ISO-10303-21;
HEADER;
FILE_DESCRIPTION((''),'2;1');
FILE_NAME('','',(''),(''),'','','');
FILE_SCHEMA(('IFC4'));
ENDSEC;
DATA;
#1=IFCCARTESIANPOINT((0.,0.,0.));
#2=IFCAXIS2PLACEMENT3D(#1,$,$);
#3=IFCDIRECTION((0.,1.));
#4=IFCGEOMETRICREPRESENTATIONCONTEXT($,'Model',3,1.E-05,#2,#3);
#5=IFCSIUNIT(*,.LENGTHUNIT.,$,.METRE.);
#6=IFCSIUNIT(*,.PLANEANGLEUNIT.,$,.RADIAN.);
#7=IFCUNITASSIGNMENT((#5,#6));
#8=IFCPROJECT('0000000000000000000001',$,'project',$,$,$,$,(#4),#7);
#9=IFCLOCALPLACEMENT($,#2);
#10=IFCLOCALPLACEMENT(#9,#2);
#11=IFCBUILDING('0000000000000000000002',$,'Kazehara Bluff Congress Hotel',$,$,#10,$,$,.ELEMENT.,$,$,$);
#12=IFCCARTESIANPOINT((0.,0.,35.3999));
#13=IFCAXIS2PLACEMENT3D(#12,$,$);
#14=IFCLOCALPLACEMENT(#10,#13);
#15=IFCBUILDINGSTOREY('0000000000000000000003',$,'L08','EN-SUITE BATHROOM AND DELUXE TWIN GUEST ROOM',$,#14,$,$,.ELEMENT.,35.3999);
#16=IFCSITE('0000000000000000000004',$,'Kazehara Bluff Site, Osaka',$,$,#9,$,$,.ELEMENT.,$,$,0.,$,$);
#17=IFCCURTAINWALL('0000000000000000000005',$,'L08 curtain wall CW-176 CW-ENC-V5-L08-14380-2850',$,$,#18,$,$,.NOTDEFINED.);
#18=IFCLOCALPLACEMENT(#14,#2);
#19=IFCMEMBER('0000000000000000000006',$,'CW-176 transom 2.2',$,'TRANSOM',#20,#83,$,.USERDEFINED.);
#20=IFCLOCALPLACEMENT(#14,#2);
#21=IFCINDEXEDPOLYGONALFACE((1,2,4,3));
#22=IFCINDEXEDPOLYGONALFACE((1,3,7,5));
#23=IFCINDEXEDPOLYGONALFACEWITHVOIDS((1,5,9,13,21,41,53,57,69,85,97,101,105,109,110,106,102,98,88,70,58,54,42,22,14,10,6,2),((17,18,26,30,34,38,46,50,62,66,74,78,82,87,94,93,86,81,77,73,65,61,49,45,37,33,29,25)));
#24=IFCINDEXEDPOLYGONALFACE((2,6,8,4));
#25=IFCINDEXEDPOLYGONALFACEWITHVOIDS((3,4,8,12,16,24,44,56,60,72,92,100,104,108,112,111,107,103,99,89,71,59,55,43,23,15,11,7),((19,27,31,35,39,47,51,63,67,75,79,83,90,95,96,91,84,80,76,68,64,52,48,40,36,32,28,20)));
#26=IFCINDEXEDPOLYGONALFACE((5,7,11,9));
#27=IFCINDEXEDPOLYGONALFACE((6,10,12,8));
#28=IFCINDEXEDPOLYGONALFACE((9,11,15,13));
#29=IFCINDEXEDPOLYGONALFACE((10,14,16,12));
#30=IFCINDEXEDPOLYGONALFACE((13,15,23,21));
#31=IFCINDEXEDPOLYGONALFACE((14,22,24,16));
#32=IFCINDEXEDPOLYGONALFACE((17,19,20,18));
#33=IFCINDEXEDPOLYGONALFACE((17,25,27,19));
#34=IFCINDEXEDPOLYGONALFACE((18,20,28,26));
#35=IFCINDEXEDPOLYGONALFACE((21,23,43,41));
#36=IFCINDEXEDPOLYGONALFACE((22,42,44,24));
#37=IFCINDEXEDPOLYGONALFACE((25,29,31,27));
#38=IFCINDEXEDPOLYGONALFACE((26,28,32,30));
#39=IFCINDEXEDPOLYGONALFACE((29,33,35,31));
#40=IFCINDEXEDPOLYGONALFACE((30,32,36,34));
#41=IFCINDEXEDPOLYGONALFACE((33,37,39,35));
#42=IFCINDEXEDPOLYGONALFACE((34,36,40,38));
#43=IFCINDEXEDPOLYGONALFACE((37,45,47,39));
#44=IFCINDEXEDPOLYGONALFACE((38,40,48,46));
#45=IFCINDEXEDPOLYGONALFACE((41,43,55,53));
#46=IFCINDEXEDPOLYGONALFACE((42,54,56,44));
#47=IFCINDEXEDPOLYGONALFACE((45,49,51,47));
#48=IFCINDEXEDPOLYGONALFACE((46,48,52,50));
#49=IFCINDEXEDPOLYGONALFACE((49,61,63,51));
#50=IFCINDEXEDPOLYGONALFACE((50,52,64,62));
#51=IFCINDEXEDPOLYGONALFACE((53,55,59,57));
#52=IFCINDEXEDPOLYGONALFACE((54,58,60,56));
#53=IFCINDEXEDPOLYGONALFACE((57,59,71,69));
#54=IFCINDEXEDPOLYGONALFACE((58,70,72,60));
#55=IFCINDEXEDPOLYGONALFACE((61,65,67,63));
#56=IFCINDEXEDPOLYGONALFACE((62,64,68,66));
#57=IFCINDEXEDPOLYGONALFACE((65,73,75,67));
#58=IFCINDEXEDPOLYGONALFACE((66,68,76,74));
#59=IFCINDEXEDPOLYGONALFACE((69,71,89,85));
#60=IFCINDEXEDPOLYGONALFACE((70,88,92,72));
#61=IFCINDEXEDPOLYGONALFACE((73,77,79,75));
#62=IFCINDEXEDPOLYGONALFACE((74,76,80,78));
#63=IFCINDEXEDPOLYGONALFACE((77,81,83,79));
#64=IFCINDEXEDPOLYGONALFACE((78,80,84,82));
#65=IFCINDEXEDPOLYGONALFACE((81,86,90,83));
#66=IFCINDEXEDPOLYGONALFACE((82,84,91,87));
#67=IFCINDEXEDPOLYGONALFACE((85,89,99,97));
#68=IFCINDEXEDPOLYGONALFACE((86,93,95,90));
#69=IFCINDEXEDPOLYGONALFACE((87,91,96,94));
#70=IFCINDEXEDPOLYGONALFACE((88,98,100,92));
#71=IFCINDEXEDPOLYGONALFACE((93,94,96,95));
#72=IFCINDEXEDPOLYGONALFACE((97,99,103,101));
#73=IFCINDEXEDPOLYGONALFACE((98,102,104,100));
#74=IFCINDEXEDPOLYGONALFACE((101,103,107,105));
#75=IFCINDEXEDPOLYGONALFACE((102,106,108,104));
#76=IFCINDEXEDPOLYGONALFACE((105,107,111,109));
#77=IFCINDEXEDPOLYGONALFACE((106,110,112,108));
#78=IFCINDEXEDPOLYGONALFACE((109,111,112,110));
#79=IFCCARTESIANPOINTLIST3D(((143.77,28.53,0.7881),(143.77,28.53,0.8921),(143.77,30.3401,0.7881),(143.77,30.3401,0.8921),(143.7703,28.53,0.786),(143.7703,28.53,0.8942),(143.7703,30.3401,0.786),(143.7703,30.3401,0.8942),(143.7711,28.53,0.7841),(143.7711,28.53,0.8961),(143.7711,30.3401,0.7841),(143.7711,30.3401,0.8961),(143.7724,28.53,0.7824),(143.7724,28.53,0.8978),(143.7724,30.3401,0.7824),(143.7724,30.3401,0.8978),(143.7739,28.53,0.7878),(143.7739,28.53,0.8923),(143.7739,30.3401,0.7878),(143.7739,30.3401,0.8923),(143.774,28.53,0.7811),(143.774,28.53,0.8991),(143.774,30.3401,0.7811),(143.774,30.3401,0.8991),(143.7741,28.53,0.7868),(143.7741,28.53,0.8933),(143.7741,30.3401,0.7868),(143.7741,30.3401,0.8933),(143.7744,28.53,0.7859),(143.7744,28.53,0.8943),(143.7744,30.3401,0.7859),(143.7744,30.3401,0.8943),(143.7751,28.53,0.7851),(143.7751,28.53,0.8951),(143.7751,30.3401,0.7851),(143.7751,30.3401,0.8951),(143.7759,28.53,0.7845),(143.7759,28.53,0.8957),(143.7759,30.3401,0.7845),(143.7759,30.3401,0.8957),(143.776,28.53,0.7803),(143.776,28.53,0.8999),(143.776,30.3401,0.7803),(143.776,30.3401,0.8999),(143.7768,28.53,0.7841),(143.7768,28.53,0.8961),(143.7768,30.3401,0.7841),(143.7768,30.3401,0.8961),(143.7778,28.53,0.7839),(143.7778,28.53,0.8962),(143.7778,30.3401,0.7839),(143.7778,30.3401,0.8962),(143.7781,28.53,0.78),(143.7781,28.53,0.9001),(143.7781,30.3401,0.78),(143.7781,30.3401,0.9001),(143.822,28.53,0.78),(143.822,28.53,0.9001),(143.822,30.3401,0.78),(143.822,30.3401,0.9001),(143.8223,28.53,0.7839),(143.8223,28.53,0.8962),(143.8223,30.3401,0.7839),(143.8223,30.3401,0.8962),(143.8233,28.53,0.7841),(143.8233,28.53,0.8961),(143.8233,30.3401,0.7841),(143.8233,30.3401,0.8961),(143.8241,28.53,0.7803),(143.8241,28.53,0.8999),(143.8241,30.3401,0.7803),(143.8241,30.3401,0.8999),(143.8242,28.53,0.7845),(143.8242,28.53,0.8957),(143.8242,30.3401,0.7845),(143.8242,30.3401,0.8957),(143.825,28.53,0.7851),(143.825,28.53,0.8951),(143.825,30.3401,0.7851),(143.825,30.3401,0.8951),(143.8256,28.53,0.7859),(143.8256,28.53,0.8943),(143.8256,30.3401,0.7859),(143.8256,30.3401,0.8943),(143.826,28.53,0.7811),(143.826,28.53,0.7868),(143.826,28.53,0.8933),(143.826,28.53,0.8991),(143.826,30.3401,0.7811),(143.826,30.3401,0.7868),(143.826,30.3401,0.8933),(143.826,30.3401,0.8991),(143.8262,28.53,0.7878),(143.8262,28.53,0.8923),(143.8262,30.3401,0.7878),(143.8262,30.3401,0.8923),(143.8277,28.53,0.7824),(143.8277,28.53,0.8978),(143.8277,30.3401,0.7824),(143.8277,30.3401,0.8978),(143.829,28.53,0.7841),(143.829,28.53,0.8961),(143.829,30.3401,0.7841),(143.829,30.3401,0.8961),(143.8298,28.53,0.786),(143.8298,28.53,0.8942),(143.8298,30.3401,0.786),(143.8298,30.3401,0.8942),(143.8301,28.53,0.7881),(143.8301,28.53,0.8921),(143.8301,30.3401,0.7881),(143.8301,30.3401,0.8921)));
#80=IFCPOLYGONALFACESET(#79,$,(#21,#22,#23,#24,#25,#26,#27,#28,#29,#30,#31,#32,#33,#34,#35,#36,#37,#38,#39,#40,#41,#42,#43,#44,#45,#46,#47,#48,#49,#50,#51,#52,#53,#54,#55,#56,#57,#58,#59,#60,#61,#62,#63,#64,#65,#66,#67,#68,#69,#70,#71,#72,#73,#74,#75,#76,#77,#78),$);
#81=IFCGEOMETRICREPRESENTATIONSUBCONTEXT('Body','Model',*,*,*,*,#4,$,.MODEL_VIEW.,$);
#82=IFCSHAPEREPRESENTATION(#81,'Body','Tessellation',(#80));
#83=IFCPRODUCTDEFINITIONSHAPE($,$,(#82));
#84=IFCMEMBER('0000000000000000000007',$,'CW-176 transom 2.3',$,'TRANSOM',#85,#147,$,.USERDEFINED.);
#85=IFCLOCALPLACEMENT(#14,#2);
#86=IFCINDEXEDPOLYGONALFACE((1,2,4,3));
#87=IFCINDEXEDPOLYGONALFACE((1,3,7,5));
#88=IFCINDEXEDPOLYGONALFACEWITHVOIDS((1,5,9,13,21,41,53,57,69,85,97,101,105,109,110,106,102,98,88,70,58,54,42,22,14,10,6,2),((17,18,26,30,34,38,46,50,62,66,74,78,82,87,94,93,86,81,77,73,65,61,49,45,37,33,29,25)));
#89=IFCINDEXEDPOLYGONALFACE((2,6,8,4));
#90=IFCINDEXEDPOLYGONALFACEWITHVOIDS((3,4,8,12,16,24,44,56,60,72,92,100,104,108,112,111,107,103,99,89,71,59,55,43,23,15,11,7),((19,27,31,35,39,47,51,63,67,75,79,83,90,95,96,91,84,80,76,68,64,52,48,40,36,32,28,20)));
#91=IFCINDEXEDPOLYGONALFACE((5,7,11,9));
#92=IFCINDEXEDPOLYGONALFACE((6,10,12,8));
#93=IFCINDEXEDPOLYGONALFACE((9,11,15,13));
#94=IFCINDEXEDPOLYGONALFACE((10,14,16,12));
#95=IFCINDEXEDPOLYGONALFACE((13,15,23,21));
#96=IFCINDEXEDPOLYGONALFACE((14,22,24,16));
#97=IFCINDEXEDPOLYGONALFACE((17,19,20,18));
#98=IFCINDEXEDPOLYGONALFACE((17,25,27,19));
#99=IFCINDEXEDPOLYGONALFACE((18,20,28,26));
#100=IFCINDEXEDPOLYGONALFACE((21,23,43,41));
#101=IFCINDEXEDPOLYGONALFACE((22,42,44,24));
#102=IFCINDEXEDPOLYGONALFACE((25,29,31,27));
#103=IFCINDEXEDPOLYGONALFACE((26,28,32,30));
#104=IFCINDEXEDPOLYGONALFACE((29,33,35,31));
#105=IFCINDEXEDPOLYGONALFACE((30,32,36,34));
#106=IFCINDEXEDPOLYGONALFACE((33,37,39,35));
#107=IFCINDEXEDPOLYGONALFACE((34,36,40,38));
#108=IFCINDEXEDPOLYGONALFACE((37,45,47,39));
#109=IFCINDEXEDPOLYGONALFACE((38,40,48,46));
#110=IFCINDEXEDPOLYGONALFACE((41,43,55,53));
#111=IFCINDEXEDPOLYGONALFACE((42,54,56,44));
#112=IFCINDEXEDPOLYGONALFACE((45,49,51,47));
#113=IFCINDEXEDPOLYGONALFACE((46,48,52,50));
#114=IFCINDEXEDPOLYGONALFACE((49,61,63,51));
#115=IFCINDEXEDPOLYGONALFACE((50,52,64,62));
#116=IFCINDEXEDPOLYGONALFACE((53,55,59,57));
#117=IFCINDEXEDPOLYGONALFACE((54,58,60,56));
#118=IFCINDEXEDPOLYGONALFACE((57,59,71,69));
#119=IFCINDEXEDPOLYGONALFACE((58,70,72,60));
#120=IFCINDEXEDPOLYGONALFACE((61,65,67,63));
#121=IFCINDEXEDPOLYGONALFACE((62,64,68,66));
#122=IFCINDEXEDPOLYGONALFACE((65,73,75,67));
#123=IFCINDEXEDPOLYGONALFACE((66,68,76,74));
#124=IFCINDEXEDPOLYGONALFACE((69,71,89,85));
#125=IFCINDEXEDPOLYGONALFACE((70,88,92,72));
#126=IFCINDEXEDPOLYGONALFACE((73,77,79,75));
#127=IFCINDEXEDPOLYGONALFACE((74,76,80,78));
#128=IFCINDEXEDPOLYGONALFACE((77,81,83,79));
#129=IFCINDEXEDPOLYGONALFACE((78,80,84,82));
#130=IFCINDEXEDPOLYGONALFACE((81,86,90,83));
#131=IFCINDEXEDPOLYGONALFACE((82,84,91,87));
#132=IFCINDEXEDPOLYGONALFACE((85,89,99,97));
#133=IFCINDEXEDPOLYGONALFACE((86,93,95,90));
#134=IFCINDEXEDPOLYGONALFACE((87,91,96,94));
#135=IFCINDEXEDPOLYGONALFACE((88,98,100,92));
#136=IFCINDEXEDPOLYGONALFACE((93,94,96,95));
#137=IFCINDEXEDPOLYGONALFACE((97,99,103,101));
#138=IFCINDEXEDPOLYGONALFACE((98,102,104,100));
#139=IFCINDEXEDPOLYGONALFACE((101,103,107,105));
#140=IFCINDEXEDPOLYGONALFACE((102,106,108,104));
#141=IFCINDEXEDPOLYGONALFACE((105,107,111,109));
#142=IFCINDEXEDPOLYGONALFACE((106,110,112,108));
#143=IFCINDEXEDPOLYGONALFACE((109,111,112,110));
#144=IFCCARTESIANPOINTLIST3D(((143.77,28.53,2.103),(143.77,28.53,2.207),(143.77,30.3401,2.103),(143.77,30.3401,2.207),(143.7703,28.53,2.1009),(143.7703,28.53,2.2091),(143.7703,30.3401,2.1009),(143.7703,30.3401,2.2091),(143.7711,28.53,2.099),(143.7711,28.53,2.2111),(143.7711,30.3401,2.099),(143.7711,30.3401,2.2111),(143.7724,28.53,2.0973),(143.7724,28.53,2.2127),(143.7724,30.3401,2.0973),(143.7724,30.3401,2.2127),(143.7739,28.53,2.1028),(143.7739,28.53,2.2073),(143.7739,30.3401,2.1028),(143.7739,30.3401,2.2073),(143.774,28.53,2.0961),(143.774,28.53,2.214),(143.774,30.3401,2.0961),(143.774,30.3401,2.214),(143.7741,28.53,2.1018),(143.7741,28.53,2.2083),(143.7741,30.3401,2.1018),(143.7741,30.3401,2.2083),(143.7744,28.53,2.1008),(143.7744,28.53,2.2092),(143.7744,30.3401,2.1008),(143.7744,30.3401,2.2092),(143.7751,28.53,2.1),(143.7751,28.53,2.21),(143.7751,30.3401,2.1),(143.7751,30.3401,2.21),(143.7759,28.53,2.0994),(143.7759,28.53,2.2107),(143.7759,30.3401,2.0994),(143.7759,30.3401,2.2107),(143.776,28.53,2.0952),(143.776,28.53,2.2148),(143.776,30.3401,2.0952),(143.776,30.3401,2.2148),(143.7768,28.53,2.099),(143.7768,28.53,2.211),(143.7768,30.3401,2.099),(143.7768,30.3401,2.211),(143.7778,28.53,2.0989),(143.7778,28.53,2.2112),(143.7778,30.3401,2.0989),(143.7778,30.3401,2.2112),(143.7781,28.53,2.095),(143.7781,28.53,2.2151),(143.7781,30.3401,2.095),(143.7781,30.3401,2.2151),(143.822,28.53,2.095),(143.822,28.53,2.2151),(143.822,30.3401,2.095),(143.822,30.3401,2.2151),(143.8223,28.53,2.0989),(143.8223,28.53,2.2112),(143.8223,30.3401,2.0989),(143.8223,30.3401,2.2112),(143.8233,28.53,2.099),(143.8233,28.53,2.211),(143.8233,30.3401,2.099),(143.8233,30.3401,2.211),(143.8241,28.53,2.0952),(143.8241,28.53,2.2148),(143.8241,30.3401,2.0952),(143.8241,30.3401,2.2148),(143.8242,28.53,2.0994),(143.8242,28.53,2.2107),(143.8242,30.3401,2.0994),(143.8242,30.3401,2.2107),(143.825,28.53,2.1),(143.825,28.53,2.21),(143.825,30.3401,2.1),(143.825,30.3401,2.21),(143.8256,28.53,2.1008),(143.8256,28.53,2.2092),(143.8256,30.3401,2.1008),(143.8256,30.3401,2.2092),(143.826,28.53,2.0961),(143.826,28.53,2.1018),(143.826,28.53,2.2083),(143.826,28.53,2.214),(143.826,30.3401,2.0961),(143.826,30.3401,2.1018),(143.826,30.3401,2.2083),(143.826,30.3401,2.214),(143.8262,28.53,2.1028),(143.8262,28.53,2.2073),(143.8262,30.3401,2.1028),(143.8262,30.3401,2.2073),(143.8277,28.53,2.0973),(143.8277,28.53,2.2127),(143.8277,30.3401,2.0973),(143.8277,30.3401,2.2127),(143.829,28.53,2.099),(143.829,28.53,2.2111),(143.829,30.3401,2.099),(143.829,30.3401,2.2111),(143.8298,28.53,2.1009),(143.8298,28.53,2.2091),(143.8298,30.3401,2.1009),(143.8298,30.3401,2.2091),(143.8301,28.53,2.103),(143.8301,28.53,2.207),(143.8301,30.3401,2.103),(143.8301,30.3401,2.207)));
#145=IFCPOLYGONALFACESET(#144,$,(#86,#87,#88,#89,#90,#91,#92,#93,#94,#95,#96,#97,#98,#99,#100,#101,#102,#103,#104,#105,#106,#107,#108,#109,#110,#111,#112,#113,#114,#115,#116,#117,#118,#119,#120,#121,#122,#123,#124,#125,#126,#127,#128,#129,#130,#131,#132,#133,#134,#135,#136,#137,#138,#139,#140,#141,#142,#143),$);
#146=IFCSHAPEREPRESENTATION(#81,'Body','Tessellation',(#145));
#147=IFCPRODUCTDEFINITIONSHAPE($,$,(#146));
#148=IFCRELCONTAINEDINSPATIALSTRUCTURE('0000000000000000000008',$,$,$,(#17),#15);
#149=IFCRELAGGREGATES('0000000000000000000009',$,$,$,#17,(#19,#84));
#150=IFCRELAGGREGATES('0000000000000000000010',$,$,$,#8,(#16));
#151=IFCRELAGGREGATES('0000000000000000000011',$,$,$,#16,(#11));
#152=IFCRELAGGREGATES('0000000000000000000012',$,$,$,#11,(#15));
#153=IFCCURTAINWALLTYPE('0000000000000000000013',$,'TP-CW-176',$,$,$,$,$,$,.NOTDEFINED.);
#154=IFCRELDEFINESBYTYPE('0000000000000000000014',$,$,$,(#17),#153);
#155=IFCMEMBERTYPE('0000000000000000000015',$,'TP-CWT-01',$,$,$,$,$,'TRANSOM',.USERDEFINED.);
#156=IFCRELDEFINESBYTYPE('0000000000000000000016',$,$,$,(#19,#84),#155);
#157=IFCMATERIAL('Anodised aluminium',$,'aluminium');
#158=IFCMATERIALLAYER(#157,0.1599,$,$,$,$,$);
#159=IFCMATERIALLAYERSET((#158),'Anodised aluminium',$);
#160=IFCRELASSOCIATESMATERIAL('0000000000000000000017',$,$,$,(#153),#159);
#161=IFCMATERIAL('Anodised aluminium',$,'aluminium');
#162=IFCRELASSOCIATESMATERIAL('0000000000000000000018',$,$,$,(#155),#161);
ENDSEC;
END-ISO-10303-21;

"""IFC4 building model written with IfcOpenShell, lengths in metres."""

from ifc_helpers import new_model, si_unit, direction, frame, origin, origin_2d, place, context, subcontext, project, spatial, hollow_rectangle, extrude, material, layer, layer_set, material_profile, profile_set, type_object, element, aggregate, save


model = new_model("IFC4")

# Units and contexts
model_context = context("Model", 3, precision=1e-05, world=origin(), true_north=direction((0.0, 1.0)))
body_context = subcontext(model_context, "Body", "Model", "MODEL_VIEW")
ifc_project = project(units=[si_unit("LENGTHUNIT", "METRE"), si_unit("PLANEANGLEUNIT", "RADIAN")], contexts=[model_context])

# Site, building, storey
site_placement = place(None, origin())
site = spatial("IfcSite", under=ifc_project, at=site_placement, Name="Kazehara Bluff Site, Osaka", CompositionType="ELEMENT", RefElevation=0.0)
building_placement = place(site_placement, origin())
building = spatial("IfcBuilding", under=site, at=building_placement, Name="Kazehara Bluff Congress Hotel", CompositionType="ELEMENT")
storey_placement = place(building_placement, frame((0.0, 0.0, 35.3999)))
storey = spatial("IfcBuildingStorey", under=building, at=storey_placement, Name="L08", Description="EN-SUITE BATHROOM AND DELUXE TWIN GUEST ROOM", CompositionType="ELEMENT", Elevation=35.3999)

# Curtain wall, members
ifc_material_1 = material(Name="Anodised aluminium", Category="aluminium")
ifc_layer_1 = layer(ifc_material_1, 0.1599)
ifc_layer_set_1 = layer_set([ifc_layer_1], Name="Anodised aluminium")
curtain_wall_type = type_object("IfcCurtainWallType", Name="TP-CW-176", PredefinedType="NOTDEFINED", material=ifc_layer_set_1)
curtain_wall_placement = place(storey_placement, origin())
curtain_wall = element("IfcCurtainWall", 1, at=curtain_wall_placement, inside=storey, type_object=curtain_wall_type, Name="L08 curtain wall CW-176 CW-ENC-V5-L08-14380-2850", PredefinedType="NOTDEFINED")
ifc_material_2 = material(Name="Anodised aluminium", Category="aluminium")
ifc_material_profile_1 = material_profile(ifc_material_2, hollow_rectangle(XDim=0.0601, YDim=0.1201, WallThickness=0.0039, InnerFilletRadius=0.0039, OuterFilletRadius=0.0081, at=origin_2d()))
ifc_profile_set_1 = profile_set([ifc_material_profile_1], Name="Anodised aluminium")
member_type_1 = type_object("IfcMemberType", Name="TP-CWT-01", ElementType="TRANSOM", PredefinedType="USERDEFINED", material=ifc_profile_set_1)
member_1_placement = place(storey_placement, frame((143.8, 28.53, 0.8401), z_axis=(0.0, 1.0, 0.0), x_axis=(-1.0, 0.0, 0.0)))
member_1 = element("IfcMember", 2, at=member_1_placement, type_object=member_type_1, Name="CW-176 transom 2.2", ObjectType="TRANSOM", PredefinedType="USERDEFINED", context=body_context, shape_type="SweptSolid", body=[
    extrude(hollow_rectangle(XDim=0.0601, YDim=0.1201, WallThickness=0.0039, InnerFilletRadius=0.0039, OuterFilletRadius=0.0081, at=origin_2d()), origin(), (0.0, 0.0, 1.0), 1.8101),
])
member_2_placement = place(storey_placement, frame((143.8, 28.53, 2.155), z_axis=(0.0, 1.0, 0.0), x_axis=(-1.0, 0.0, 0.0)))
member_2 = element("IfcMember", 3, at=member_2_placement, type_object=member_type_1, Name="CW-176 transom 2.3", ObjectType="TRANSOM", PredefinedType="USERDEFINED", context=body_context, shape_type="SweptSolid", body=[
    extrude(hollow_rectangle(XDim=0.0601, YDim=0.1201, WallThickness=0.0039, InnerFilletRadius=0.0039, OuterFilletRadius=0.0081, at=origin_2d()), origin(), (0.0, 0.0, 1.0), 1.8101),
])
aggregate(curtain_wall, [member_1, member_2])

save(model, "model.ifc")
